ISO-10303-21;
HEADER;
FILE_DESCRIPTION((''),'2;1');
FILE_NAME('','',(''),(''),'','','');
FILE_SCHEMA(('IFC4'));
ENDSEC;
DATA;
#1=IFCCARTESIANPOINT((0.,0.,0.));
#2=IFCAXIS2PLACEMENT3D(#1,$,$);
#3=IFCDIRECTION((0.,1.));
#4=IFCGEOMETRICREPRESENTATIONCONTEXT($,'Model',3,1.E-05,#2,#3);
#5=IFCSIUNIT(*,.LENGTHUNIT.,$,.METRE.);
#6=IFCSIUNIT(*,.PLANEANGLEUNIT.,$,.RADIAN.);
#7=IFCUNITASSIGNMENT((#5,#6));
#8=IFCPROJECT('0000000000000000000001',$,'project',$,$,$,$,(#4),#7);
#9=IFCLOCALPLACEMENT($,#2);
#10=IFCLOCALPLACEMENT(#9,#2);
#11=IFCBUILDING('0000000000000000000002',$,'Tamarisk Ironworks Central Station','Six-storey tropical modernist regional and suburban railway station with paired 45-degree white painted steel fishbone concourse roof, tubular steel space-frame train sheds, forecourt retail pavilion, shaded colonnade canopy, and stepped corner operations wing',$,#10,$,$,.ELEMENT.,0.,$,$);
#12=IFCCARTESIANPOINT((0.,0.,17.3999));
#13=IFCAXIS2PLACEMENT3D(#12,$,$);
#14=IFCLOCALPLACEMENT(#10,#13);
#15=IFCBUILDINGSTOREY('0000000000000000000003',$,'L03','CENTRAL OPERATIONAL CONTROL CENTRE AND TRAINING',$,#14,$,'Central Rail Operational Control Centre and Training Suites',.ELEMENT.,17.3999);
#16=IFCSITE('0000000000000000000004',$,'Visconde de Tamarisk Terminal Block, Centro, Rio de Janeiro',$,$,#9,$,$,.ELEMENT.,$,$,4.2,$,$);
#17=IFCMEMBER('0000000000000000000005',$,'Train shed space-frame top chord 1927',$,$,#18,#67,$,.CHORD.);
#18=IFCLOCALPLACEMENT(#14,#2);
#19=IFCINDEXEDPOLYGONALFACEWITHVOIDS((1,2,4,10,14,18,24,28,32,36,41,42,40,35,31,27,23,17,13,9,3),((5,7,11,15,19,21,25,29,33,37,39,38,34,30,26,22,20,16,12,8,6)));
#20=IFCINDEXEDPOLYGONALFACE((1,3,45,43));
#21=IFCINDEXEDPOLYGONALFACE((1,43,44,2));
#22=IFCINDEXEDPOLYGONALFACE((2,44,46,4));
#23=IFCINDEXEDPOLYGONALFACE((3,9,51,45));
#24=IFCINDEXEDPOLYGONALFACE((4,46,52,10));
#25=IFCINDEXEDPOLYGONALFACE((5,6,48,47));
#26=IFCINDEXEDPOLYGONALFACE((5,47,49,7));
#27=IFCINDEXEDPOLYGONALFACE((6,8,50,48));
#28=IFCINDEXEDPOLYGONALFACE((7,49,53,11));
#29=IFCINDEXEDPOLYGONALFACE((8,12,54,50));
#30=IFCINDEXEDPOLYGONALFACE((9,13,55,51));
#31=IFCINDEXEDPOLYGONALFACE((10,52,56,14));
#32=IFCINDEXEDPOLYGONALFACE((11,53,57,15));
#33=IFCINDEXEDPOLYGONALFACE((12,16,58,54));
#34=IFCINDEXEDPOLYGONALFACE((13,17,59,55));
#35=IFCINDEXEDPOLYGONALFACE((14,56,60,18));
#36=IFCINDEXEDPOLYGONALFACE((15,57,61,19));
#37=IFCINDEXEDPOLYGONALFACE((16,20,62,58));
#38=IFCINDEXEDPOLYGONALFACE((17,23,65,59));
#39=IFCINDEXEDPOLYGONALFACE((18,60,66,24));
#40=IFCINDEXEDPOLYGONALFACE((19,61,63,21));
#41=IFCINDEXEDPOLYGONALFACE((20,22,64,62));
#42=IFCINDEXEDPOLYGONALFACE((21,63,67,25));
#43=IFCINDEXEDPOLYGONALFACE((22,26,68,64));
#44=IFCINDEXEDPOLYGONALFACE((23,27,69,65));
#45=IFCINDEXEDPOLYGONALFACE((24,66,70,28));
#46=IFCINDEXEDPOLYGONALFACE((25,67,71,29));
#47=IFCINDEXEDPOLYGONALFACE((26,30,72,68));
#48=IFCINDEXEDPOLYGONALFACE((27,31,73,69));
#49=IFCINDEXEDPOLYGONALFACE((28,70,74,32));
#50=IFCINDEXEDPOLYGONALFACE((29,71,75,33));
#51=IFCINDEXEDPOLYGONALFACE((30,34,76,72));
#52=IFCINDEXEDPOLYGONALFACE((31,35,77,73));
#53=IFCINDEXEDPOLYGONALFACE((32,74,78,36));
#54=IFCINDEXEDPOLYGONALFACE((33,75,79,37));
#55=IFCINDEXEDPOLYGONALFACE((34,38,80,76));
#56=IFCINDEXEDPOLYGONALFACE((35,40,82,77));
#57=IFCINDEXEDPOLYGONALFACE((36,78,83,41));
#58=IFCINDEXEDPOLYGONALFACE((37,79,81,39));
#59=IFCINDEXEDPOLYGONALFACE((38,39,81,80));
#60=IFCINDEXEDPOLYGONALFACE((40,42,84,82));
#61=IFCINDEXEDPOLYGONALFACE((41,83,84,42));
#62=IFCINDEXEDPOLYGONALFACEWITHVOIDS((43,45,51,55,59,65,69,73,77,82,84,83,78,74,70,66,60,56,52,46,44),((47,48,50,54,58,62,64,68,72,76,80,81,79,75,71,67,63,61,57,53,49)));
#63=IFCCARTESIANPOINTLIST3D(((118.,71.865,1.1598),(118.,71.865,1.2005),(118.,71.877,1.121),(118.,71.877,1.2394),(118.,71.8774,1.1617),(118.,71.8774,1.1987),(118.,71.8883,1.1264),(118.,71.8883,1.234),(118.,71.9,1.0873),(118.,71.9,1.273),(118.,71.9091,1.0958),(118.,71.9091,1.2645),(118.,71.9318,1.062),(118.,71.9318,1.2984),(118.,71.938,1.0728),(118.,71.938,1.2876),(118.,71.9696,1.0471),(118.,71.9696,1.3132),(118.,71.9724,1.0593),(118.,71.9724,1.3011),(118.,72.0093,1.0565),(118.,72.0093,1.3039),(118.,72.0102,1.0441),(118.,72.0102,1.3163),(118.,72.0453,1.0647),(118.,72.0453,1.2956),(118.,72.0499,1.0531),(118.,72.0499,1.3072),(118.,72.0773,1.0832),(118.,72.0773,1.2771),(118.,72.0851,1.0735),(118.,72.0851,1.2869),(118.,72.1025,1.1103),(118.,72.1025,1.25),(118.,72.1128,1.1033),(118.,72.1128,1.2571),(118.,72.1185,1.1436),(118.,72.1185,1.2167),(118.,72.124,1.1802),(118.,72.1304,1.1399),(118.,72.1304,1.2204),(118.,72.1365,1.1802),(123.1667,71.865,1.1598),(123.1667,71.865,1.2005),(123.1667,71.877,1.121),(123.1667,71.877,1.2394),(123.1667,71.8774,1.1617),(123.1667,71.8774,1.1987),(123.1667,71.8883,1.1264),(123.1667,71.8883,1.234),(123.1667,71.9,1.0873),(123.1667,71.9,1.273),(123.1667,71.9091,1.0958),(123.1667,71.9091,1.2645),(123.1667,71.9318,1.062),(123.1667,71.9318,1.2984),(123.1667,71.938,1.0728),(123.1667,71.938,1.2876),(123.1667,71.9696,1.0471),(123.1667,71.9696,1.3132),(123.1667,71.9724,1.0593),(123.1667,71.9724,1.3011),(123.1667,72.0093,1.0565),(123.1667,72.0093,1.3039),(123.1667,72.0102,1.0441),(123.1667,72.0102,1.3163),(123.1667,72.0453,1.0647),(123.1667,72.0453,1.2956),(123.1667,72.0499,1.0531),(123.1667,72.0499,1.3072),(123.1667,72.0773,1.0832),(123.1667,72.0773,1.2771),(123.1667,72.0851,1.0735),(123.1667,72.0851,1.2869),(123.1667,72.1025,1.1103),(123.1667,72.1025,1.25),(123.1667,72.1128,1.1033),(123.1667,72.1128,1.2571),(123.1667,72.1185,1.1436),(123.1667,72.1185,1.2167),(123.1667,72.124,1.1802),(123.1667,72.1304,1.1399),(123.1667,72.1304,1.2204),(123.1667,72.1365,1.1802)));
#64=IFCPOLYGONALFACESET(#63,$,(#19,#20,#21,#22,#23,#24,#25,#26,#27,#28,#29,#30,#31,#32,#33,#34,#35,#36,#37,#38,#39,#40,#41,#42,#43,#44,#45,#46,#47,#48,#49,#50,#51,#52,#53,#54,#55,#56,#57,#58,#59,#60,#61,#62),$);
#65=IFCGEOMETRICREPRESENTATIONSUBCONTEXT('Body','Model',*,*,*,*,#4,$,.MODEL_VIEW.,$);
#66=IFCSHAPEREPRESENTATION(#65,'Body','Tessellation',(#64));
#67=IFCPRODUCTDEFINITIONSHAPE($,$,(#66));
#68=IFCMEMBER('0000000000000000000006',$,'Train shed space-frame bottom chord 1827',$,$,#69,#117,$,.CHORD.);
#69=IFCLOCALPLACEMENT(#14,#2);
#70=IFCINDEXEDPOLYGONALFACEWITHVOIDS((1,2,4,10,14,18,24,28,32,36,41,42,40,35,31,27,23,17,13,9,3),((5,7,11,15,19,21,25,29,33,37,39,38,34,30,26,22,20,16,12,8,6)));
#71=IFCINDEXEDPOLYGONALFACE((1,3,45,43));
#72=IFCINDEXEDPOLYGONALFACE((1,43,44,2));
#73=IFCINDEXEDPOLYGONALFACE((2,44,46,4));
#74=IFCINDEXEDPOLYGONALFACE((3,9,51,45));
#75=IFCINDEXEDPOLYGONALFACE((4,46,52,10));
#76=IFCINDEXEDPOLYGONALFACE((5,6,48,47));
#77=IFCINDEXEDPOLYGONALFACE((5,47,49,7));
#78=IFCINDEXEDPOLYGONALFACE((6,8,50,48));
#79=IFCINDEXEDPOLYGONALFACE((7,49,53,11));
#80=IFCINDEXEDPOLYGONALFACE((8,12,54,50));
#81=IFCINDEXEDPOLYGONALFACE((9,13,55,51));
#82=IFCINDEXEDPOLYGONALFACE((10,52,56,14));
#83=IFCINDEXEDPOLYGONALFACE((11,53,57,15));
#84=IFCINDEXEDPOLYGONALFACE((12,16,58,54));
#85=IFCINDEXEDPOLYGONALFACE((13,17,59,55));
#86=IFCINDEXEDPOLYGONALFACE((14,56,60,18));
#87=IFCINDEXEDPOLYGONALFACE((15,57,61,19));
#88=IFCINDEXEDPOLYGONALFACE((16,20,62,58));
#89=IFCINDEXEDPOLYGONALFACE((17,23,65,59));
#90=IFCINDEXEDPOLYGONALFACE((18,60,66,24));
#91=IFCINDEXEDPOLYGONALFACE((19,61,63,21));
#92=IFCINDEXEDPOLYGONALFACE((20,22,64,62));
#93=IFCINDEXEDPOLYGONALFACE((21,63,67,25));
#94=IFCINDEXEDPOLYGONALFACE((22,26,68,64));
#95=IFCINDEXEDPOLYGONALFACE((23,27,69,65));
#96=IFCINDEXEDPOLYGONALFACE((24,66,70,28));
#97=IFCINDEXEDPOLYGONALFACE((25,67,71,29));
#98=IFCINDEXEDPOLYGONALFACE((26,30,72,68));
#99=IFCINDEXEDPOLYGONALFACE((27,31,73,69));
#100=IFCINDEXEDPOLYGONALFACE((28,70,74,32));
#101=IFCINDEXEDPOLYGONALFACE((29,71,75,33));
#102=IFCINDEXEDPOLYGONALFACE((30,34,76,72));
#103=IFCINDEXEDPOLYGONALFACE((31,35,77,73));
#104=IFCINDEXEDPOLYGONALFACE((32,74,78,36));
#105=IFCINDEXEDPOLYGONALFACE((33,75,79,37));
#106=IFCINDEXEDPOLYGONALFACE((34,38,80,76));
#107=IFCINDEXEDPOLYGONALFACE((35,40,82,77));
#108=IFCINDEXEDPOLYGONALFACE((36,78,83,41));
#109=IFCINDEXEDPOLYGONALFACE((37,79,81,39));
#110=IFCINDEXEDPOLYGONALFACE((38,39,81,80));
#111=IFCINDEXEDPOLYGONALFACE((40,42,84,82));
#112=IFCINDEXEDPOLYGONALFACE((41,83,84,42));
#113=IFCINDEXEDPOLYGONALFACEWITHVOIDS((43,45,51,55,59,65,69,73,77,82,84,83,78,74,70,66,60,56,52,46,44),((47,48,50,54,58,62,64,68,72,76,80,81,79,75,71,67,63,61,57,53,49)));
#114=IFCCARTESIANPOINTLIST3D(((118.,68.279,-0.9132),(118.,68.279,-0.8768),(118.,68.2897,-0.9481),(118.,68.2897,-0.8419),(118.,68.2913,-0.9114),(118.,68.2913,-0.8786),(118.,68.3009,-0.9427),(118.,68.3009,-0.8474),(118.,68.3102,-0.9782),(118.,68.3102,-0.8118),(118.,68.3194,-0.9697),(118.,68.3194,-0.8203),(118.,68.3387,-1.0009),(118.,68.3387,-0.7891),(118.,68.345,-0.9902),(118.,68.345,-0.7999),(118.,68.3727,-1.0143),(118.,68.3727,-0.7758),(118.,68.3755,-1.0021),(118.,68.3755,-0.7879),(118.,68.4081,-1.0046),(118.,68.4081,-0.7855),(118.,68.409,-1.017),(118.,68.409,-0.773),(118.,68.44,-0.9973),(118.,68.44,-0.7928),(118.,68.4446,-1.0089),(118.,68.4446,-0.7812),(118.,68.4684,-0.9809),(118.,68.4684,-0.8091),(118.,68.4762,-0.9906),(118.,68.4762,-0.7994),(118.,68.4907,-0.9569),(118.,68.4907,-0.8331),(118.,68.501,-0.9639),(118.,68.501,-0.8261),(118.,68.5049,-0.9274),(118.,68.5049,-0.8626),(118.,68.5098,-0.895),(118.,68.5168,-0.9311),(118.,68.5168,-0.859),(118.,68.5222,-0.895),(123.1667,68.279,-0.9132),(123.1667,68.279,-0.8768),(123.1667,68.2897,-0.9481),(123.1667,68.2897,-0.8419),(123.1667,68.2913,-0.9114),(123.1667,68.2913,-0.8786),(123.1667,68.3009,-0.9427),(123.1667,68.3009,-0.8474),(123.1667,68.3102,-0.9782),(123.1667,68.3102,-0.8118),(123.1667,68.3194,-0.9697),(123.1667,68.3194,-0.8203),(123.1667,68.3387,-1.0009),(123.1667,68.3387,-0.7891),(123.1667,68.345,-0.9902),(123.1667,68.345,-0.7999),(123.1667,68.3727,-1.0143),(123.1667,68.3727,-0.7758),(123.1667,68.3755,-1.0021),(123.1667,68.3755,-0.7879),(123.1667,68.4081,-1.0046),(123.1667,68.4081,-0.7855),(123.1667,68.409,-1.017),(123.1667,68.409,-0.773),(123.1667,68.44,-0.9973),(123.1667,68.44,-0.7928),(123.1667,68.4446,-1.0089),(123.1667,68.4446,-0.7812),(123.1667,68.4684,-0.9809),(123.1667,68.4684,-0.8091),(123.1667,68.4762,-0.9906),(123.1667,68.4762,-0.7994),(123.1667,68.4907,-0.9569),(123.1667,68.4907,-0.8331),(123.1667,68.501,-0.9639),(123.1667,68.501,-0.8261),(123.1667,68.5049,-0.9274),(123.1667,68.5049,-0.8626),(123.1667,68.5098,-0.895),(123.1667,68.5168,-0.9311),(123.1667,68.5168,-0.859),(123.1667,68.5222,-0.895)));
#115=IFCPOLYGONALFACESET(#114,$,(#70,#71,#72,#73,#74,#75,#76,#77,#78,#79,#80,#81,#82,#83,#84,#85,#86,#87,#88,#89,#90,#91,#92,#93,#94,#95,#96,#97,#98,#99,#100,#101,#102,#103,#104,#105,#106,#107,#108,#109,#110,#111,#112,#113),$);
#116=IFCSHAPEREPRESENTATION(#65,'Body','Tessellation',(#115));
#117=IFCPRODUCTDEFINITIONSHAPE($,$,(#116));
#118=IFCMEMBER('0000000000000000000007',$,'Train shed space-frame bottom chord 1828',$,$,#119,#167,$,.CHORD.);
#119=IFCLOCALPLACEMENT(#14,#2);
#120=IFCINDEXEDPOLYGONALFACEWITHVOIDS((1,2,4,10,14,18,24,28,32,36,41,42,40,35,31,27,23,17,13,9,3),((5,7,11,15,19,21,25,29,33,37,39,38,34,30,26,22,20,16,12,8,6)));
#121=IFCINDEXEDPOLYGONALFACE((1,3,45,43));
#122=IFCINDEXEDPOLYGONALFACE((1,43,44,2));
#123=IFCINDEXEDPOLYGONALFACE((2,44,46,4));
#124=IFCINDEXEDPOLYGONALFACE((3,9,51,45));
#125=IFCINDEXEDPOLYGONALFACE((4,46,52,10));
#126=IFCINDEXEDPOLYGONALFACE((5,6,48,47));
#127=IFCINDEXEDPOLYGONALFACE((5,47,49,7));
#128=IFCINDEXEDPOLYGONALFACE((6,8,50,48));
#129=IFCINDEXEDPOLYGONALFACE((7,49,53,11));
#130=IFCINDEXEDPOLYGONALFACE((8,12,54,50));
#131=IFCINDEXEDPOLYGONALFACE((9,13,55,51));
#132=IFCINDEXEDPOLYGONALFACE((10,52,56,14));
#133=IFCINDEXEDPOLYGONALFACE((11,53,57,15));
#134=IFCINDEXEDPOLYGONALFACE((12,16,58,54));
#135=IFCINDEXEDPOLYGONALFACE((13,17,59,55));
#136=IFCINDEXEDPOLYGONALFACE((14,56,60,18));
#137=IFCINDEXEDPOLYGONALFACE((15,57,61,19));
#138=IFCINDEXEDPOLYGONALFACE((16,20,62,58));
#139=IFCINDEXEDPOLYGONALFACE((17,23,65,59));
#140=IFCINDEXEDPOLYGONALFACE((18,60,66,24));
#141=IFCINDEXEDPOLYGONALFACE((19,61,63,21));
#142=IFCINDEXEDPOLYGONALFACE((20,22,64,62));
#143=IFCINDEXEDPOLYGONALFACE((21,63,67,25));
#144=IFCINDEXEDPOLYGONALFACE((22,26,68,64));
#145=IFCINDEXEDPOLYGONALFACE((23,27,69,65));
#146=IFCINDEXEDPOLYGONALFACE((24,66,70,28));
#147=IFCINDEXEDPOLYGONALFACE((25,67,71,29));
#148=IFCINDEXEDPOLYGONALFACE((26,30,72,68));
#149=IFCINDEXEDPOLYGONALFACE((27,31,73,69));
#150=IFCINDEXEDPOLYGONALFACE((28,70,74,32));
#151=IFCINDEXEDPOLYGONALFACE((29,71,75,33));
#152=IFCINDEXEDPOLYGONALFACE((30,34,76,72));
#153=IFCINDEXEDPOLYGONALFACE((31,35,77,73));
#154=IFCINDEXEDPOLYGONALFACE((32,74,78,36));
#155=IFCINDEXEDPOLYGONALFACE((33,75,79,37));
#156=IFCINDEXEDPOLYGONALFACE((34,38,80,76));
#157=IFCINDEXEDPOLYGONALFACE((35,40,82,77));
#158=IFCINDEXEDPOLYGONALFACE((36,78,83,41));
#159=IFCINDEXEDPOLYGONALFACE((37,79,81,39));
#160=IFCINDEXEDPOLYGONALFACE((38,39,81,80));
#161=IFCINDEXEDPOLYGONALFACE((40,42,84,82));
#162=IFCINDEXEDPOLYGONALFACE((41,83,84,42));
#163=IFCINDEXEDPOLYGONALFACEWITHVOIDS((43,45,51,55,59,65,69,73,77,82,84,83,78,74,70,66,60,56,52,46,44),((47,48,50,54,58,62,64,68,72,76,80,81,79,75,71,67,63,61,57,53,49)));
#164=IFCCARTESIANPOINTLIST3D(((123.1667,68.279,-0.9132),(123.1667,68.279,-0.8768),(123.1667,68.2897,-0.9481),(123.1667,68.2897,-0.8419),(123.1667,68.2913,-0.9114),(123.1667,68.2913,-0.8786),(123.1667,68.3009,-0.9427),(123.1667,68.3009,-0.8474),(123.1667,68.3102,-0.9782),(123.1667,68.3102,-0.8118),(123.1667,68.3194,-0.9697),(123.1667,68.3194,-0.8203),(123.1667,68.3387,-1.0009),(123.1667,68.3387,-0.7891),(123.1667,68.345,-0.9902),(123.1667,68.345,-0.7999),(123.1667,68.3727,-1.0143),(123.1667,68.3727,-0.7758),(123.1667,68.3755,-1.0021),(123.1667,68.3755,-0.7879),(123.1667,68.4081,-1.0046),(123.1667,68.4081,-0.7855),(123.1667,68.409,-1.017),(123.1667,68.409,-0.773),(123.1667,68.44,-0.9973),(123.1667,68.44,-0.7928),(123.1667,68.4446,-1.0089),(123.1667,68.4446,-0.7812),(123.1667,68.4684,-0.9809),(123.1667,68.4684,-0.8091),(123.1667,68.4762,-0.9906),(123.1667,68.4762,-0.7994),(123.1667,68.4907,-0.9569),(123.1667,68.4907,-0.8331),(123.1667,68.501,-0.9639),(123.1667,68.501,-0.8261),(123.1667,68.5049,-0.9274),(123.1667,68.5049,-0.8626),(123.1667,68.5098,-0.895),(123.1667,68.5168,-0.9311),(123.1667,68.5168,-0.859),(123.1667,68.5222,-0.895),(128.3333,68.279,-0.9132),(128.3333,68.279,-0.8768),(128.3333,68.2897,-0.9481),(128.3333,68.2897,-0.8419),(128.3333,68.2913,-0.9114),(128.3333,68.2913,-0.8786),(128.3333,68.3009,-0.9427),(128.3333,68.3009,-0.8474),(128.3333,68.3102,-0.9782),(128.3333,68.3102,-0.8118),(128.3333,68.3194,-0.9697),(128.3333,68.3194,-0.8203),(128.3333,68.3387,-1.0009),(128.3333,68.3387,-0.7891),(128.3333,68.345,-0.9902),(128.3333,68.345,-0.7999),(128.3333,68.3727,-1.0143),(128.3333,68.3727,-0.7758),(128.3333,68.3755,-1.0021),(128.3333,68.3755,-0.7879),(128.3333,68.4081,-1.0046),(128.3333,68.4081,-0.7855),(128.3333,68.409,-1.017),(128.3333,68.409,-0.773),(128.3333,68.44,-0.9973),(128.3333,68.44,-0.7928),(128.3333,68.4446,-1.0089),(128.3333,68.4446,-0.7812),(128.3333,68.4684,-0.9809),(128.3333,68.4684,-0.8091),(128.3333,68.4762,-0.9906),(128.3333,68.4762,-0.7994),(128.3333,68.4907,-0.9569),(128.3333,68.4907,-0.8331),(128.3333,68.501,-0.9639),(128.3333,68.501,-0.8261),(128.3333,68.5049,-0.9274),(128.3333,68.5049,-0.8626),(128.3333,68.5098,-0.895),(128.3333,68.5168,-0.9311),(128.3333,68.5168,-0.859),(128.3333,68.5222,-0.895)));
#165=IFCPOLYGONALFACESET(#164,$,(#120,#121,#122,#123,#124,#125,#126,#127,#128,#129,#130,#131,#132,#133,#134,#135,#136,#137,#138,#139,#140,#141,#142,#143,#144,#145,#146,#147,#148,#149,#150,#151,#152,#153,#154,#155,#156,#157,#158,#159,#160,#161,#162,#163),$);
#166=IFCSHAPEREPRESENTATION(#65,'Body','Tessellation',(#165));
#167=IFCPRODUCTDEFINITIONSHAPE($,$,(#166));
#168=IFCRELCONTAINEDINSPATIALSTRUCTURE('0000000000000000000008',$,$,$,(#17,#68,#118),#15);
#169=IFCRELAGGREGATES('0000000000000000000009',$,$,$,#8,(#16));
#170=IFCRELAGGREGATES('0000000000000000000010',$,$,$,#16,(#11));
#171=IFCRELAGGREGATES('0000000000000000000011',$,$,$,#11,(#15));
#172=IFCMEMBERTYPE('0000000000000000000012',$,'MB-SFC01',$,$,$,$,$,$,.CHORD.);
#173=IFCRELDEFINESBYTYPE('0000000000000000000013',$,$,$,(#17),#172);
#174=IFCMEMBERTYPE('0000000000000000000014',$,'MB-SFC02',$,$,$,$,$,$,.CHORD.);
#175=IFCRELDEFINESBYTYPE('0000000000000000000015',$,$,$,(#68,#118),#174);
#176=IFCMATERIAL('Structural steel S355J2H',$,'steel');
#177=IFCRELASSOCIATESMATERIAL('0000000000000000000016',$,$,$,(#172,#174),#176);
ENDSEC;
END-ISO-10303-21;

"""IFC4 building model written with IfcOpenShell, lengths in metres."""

from ifc_helpers import new_model, si_unit, direction, frame, origin, origin_2d, place, context, subcontext, project, spatial, hollow_circle, extrude, material, material_profile, profile_set, type_object, element, save


model = new_model("IFC4")

# Units and contexts
model_context = context("Model", 3, precision=1e-05, world=origin(), true_north=direction((0.0, 1.0)))
body_context = subcontext(model_context, "Body", "Model", "MODEL_VIEW")
ifc_project = project(units=[si_unit("LENGTHUNIT", "METRE"), si_unit("PLANEANGLEUNIT", "RADIAN")], contexts=[model_context])

# Site, building, storey
site_placement = place(None, origin())
site = spatial("IfcSite", under=ifc_project, at=site_placement, Name="Visconde de Tamarisk Terminal Block, Centro, Rio de Janeiro", CompositionType="ELEMENT", RefElevation=4.2)
building_placement = place(site_placement, origin())
building = spatial("IfcBuilding", under=site, at=building_placement, Name="Tamarisk Ironworks Central Station", Description="Six-storey tropical modernist regional and suburban railway station with paired 45-degree white painted steel fishbone concourse roof, tubular steel space-frame train sheds, forecourt retail pavilion, shaded colonnade canopy, and stepped corner operations wing", CompositionType="ELEMENT", ElevationOfRefHeight=0.0)
storey_placement = place(building_placement, frame((0.0, 0.0, 17.3999)))
storey = spatial("IfcBuildingStorey", under=building, at=storey_placement, Name="L03", Description="CENTRAL OPERATIONAL CONTROL CENTRE AND TRAINING", LongName="Central Rail Operational Control Centre and Training Suites", CompositionType="ELEMENT", Elevation=17.3999)

# Members
ifc_material_1 = material(Name="Structural steel S355J2H", Category="steel")
ifc_material_profile_1 = material_profile(ifc_material_1, hollow_circle(Radius=0.1365, WallThickness=0.0125, at=origin_2d()), Name="CHS 273x12.5")
ifc_profile_set_1 = profile_set([ifc_material_profile_1], Name="Structural steel S355J2H")
member_type_1 = type_object("IfcMemberType", Name="MB-SFC01", PredefinedType="CHORD", material=ifc_profile_set_1)
member_1_placement = place(storey_placement, frame((118.0, 72.0, 1.1802), z_axis=(1.0, 0.0, 0.0), x_axis=(0.0, 1.0, 0.0)))
element("IfcMember", 1, at=member_1_placement, inside=storey, type_object=member_type_1, Name="Train shed space-frame top chord 1927", PredefinedType="CHORD", context=body_context, shape_type="SweptSolid", body=[
    extrude(hollow_circle(Radius=0.1365, WallThickness=0.0125, at=origin_2d()), origin(), (0.0, 0.0, 1.0), 5.1667),
])
ifc_material_profile_2 = material_profile(ifc_material_1, hollow_circle(Radius=0.1223, WallThickness=0.0125, at=origin_2d()), Name="CHS 244.5x12.5")
ifc_profile_set_2 = profile_set([ifc_material_profile_2], Name="Structural steel S355J2H")
member_type_2 = type_object("IfcMemberType", Name="MB-SFC02", PredefinedType="CHORD", material=ifc_profile_set_2)
member_2_placement = place(storey_placement, frame((118.0, 68.3999, -0.895), z_axis=(1.0, 0.0, 0.0), x_axis=(0.0, 1.0, 0.0)))
element("IfcMember", 2, at=member_2_placement, inside=storey, type_object=member_type_2, Name="Train shed space-frame bottom chord 1827", PredefinedType="CHORD", context=body_context, shape_type="SweptSolid", body=[
    extrude(hollow_circle(Radius=0.1223, WallThickness=0.0125, at=origin_2d()), origin(), (0.0, 0.0, 1.0), 5.1667),
])
member_3_placement = place(storey_placement, frame((123.1667, 68.3999, -0.895), z_axis=(1.0, 0.0, 0.0), x_axis=(0.0, 1.0, 0.0)))
element("IfcMember", 3, at=member_3_placement, inside=storey, type_object=member_type_2, Name="Train shed space-frame bottom chord 1828", PredefinedType="CHORD", context=body_context, shape_type="SweptSolid", body=[
    extrude(hollow_circle(Radius=0.1223, WallThickness=0.0125, at=origin_2d()), origin(), (0.0, 0.0, 1.0), 5.1665),
])

save(model, "model.ifc")
